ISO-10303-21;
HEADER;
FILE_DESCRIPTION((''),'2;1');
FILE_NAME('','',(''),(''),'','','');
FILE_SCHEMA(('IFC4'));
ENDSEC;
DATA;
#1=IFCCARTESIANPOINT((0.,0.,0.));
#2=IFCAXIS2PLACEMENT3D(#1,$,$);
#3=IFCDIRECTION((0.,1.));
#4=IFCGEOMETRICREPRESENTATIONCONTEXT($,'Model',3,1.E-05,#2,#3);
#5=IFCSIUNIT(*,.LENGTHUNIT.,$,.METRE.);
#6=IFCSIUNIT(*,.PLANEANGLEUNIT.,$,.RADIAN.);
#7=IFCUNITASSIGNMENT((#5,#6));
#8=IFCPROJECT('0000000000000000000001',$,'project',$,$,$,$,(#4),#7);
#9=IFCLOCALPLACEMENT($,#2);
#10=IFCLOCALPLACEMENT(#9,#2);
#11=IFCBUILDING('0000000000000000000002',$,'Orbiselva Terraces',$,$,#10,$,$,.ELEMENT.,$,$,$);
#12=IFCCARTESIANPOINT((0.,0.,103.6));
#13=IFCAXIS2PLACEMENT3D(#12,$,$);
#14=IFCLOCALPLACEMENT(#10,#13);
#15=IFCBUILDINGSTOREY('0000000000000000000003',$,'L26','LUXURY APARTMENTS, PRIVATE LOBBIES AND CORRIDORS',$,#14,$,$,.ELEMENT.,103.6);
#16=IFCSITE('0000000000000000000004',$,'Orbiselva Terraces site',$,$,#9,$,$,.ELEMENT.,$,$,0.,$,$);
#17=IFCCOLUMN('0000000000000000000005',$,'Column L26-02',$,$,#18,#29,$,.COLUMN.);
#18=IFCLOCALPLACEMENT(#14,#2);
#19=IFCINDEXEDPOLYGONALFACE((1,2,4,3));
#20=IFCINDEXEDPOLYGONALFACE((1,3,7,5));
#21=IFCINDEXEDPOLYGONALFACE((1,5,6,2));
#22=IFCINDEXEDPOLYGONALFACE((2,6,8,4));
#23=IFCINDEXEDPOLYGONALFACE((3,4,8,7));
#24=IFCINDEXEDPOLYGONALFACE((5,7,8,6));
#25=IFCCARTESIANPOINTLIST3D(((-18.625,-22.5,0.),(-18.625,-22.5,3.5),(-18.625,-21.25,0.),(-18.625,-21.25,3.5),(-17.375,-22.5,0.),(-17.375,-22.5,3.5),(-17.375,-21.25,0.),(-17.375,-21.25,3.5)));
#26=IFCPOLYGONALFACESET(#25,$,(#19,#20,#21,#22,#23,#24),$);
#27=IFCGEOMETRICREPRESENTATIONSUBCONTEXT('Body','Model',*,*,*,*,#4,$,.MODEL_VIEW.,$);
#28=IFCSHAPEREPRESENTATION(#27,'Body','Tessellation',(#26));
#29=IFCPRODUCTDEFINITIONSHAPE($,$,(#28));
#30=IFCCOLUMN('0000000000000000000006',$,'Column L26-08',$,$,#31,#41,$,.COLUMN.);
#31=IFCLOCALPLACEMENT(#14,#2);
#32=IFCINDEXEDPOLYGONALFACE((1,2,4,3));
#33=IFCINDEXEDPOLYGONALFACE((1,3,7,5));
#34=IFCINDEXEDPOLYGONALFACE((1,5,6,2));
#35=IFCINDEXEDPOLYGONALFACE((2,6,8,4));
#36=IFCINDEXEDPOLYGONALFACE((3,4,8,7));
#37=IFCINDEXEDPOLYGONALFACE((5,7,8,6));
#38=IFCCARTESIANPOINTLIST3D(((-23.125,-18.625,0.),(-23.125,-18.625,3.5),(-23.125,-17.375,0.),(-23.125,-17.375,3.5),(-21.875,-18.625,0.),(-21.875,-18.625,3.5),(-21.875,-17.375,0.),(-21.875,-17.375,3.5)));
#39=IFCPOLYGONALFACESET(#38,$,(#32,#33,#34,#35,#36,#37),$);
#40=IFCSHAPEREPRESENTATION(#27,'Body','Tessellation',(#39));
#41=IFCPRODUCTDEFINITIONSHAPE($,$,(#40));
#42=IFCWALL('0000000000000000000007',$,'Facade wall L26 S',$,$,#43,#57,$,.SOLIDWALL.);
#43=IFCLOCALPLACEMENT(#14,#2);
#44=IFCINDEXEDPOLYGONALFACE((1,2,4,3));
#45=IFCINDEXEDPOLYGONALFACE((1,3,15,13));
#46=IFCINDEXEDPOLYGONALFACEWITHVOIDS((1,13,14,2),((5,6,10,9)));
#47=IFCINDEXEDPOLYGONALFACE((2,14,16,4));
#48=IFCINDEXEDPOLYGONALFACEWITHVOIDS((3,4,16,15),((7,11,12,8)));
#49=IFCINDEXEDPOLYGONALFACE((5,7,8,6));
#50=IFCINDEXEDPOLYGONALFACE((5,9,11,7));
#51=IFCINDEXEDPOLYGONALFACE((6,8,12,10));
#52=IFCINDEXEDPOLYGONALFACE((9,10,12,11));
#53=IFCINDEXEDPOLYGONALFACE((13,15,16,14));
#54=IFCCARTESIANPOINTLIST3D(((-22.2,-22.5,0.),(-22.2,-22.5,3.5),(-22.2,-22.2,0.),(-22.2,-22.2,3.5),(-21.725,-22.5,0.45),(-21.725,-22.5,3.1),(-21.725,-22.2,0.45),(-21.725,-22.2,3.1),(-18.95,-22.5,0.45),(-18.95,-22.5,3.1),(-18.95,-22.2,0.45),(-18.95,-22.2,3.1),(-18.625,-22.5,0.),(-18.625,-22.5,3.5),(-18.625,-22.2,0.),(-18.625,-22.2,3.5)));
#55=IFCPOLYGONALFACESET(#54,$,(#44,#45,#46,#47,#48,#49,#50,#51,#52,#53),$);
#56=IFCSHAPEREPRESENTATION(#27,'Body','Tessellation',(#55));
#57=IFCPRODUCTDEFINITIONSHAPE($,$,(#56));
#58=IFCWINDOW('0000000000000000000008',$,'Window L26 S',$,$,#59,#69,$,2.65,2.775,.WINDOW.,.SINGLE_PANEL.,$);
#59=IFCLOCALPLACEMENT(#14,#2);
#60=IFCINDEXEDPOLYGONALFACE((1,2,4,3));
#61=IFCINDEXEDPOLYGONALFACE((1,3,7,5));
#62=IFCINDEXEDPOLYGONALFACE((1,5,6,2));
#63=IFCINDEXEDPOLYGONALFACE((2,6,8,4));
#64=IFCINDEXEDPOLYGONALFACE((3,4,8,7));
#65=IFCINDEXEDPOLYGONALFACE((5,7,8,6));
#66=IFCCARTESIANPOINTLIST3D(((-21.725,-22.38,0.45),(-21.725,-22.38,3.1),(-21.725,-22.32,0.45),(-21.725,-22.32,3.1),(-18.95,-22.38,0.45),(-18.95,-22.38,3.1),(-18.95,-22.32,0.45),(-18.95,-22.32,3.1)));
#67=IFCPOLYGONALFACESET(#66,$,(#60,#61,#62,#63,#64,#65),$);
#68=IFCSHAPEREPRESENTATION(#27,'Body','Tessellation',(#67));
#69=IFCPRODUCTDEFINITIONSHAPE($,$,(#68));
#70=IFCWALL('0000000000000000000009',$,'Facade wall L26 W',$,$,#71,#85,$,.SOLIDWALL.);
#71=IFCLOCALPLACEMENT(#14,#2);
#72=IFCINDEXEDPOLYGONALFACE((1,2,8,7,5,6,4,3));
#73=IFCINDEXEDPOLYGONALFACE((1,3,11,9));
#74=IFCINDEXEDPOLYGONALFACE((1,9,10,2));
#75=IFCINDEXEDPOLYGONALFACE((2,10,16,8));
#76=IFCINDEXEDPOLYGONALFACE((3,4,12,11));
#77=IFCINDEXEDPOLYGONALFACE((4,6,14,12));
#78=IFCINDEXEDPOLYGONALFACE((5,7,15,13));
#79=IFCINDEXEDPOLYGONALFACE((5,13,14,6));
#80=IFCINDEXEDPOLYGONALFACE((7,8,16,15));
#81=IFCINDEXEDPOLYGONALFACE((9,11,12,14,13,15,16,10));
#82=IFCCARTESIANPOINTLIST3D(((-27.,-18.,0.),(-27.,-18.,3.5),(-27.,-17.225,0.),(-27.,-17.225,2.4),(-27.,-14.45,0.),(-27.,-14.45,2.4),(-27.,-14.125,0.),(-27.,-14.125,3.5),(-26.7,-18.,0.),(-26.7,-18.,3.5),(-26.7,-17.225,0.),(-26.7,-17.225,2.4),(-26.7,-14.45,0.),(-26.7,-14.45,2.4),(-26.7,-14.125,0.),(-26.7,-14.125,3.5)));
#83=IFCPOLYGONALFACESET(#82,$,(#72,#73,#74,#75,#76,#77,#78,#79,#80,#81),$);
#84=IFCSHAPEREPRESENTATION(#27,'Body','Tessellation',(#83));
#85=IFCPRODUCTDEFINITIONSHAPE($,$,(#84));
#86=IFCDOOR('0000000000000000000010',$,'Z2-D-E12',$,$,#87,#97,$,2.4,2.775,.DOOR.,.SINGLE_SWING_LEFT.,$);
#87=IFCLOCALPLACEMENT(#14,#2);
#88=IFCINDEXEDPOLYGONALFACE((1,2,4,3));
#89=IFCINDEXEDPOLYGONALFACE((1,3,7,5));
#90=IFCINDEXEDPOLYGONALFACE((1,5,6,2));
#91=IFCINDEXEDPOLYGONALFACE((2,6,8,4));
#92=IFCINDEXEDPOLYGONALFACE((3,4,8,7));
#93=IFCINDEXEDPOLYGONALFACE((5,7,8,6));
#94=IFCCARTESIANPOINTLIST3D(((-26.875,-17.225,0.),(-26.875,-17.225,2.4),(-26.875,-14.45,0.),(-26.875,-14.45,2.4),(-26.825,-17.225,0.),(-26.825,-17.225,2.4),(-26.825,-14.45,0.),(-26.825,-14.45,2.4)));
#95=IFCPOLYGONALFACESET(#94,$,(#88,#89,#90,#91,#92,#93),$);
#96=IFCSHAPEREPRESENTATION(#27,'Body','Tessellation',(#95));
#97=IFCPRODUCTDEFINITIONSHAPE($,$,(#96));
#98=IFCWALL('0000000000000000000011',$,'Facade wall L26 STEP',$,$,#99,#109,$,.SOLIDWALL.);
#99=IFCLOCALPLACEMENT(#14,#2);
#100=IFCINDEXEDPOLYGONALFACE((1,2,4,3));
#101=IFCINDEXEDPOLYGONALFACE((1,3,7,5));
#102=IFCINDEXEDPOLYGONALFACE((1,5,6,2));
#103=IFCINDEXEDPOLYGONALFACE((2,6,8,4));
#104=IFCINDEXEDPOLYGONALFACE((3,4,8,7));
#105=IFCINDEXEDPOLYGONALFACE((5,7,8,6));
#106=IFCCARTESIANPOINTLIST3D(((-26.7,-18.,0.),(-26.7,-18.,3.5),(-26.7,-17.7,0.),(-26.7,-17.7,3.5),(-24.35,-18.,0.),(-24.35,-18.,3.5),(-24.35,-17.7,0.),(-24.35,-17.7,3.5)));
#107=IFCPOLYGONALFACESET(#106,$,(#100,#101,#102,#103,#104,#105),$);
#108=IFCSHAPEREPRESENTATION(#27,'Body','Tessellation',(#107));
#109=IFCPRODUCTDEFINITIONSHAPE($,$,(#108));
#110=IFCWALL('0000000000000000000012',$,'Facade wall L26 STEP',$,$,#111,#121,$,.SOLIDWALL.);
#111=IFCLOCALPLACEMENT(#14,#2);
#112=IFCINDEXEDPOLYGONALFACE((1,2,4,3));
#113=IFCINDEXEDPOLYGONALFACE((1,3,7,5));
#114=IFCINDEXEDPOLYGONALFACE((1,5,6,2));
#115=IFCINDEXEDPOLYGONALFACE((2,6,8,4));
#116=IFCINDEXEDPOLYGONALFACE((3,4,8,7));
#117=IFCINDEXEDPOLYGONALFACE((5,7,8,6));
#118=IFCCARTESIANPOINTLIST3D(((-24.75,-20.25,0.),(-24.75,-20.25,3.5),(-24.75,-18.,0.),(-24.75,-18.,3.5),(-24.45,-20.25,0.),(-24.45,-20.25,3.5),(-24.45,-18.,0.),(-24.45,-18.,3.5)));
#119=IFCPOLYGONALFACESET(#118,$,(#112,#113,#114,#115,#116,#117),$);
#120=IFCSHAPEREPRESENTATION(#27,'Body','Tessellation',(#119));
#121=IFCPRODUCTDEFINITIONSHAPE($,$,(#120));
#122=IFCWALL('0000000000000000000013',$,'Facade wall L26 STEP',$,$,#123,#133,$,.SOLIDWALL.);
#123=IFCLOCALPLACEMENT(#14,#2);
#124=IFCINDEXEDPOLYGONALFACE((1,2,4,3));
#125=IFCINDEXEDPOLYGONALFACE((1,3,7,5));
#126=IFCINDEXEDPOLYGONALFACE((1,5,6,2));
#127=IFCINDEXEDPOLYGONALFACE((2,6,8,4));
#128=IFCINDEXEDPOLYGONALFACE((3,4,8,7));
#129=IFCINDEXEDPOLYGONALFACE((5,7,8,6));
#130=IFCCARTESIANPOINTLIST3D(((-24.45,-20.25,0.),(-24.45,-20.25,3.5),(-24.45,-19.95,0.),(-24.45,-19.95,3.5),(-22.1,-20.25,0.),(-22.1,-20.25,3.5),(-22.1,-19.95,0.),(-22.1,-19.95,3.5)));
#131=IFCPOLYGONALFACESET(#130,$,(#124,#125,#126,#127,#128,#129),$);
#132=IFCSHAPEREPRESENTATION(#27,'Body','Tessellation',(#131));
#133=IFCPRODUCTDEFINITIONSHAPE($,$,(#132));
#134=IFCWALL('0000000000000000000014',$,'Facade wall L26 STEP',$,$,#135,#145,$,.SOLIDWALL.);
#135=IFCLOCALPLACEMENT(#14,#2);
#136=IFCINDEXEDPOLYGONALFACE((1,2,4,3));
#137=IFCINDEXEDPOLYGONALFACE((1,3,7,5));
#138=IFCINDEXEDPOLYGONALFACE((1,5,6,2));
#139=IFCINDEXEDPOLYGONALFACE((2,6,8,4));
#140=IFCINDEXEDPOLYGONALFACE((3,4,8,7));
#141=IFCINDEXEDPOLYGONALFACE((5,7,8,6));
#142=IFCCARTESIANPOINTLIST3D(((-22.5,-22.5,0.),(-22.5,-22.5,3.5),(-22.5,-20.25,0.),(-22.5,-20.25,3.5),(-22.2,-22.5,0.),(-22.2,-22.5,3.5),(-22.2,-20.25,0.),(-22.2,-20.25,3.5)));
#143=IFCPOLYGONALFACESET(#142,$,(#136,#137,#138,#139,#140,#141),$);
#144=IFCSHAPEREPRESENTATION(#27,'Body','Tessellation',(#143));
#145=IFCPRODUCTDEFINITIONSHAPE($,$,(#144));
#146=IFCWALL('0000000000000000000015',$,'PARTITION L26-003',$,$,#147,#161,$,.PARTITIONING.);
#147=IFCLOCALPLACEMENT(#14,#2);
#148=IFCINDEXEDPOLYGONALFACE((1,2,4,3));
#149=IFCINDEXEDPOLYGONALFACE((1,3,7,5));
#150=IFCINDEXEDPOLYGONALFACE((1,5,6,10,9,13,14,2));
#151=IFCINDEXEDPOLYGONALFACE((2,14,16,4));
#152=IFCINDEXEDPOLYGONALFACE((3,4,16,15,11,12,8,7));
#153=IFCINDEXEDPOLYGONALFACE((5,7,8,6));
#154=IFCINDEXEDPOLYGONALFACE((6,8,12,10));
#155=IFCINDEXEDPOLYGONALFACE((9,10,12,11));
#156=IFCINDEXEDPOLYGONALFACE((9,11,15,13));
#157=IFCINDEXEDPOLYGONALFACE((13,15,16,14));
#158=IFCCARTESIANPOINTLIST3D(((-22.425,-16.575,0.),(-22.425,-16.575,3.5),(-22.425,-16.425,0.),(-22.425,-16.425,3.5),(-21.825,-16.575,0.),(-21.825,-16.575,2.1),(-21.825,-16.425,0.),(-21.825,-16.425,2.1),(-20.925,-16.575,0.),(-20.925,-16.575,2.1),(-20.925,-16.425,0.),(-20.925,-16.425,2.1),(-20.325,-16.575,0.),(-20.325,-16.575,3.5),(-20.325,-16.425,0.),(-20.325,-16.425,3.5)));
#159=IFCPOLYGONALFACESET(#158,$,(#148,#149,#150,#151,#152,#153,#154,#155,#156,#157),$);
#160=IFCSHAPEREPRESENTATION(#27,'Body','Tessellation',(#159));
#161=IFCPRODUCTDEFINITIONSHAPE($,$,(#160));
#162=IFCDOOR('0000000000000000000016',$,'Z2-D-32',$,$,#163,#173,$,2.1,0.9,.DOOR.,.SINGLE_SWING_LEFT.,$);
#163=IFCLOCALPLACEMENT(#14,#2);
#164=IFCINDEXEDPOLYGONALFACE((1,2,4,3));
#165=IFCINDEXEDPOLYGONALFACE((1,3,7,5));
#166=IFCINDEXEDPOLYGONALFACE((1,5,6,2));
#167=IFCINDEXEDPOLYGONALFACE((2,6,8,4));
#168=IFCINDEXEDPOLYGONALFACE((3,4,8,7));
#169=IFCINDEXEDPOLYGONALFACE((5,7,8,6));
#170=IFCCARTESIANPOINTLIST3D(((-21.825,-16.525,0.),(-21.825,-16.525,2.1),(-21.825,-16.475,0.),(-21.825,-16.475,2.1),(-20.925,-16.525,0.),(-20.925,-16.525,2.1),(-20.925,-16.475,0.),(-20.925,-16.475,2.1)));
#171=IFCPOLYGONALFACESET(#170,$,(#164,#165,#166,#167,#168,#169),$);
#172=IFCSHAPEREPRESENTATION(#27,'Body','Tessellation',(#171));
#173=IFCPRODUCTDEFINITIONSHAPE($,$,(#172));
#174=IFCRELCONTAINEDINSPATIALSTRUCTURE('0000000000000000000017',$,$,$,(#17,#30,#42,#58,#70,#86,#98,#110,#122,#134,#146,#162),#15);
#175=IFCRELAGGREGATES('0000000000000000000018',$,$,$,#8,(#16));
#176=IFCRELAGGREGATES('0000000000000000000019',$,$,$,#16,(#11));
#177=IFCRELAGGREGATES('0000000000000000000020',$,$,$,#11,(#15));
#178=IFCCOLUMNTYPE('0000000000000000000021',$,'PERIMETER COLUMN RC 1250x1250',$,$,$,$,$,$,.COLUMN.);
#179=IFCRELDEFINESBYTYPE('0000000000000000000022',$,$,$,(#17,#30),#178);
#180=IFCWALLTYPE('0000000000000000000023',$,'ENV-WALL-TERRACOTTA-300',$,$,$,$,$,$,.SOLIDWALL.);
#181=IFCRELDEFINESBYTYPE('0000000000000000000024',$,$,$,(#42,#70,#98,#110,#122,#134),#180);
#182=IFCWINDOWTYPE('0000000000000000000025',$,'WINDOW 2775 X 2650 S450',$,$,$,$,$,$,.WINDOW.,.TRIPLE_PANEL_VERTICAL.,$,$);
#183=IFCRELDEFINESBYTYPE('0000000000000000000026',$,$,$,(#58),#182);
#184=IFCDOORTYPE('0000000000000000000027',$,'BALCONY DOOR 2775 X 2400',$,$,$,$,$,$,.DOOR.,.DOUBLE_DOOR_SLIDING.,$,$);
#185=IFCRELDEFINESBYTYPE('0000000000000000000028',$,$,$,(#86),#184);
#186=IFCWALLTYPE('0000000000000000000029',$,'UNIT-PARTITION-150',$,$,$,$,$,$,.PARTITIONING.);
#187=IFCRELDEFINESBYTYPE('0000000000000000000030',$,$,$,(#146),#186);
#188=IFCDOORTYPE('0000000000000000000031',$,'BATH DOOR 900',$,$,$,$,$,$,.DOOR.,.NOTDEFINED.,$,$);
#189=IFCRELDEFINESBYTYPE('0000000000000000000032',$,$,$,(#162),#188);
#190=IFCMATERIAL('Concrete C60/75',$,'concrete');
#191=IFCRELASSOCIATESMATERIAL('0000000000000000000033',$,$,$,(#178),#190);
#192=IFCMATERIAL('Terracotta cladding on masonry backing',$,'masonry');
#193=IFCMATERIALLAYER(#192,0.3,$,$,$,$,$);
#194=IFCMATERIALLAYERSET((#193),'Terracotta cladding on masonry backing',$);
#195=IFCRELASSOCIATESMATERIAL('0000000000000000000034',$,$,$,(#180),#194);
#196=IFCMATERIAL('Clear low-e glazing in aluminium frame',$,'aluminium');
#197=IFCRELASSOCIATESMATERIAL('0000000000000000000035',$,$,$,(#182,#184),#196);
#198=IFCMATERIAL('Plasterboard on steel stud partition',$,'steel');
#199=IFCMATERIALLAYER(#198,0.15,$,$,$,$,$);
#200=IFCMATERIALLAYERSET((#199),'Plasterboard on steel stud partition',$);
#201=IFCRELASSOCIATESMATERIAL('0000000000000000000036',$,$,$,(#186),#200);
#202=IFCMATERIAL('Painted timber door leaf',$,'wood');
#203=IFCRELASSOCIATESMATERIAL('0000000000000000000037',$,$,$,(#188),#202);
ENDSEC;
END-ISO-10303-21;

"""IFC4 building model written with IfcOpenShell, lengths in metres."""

from ifc_helpers import new_model, si_unit, direction, frame, frame_2d, origin, origin_2d, place, context, subcontext, project, spatial, rectangle, extrude, material, layer, layer_set, material_profile, profile_set, type_object, element, fill, save


model = new_model("IFC4")

# Units and contexts
model_context = context("Model", 3, precision=1e-05, world=origin(), true_north=direction((0.0, 1.0)))
body_context = subcontext(model_context, "Body", "Model", "MODEL_VIEW")
ifc_project = project(units=[si_unit("LENGTHUNIT", "METRE"), si_unit("PLANEANGLEUNIT", "RADIAN")], contexts=[model_context])

# Site, building, storey
site_placement = place(None, origin())
site = spatial("IfcSite", under=ifc_project, at=site_placement, Name="Orbiselva Terraces site", CompositionType="ELEMENT", RefElevation=0.0)
building_placement = place(site_placement, origin())
building = spatial("IfcBuilding", under=site, at=building_placement, Name="Orbiselva Terraces", CompositionType="ELEMENT")
storey_placement = place(building_placement, frame((0.0, 0.0, 103.6)))
storey = spatial("IfcBuildingStorey", under=building, at=storey_placement, Name="L26", Description="LUXURY APARTMENTS, PRIVATE LOBBIES AND CORRIDORS", CompositionType="ELEMENT", Elevation=103.6)

# Columns
ifc_material_1 = material(Name="Concrete C60/75", Category="concrete")
ifc_material_profile = material_profile(ifc_material_1, rectangle(XDim=1.25, YDim=1.25, at=origin_2d()), Name="RC 1250x1250")
ifc_profile_set = profile_set([ifc_material_profile], Name="Concrete C60/75")
column_type = type_object("IfcColumnType", Name="PERIMETER COLUMN RC 1250x1250", PredefinedType="COLUMN", material=ifc_profile_set)
for number, where, z_axis, x_axis, name in (
    (1, (-18.0, -21.875, 0.0), (0.0, 0.0, 1.0), (1.0, 0.0, 0.0), "Column L26-02"),
    (2, (-22.5, -18.0, 0.0), (0.0, 0.0, 1.0), (1.0, 0.0, 0.0), "Column L26-08"),
):
    element("IfcColumn", number, at=place(storey_placement, frame(where, z_axis=z_axis, x_axis=x_axis)), inside=storey, type_object=column_type, Name=name, PredefinedType="COLUMN", context=body_context, shape_type="SweptSolid", body=[
        extrude(rectangle(XDim=1.25, YDim=1.25, at=origin_2d()), origin(), (0.0, 0.0, 1.0), 3.5),
    ])

# Wall, opening, window
ifc_material_2 = material(Name="Terracotta cladding on masonry backing", Category="masonry")
ifc_layer_1 = layer(ifc_material_2, 0.3)
ifc_layer_set_1 = layer_set([ifc_layer_1], Name="Terracotta cladding on masonry backing")
wall_type_1 = type_object("IfcWallType", Name="ENV-WALL-TERRACOTTA-300", PredefinedType="SOLIDWALL", material=ifc_layer_set_1)
wall_1_placement = place(storey_placement, frame((-18.625, -22.35, 0.0), z_axis=(0.0, 0.0, 1.0), x_axis=(-1.0, 0.0, 0.0)))
wall_1 = element("IfcWall", 3, at=wall_1_placement, inside=storey, type_object=wall_type_1, Name="Facade wall L26 S", PredefinedType="SOLIDWALL", context=body_context, shape_type="SweptSolid", body=[
    extrude(rectangle(XDim=3.575, YDim=0.3, at=frame_2d((1.7875, 0.0))), origin(), (0.0, 0.0, 1.0), 3.5),
])
opening_1_placement = place(wall_1_placement, frame((0.325, 0.0, 0.45)))
opening_1 = element("IfcOpeningElement", 4, at=opening_1_placement, cuts=wall_1, PredefinedType="OPENING", context=body_context, shape_type="SweptSolid", body=[
    extrude(rectangle(XDim=2.775, YDim=2.65, at=frame_2d((1.3875, 1.325))), frame((0.0, 0.16, 0.0), z_axis=(0.0, -1.0, 0.0), x_axis=(1.0, 0.0, 0.0)), (0.0, 0.0, 1.0), 0.32),
])
ifc_material_3 = material(Name="Clear low-e glazing in aluminium frame", Category="aluminium")
window_type = type_object("IfcWindowType", Name="WINDOW 2775 X 2650 S450", PartitioningType="TRIPLE_PANEL_VERTICAL", PredefinedType="WINDOW", material=ifc_material_3)
window_placement = place(opening_1_placement, origin())
window = element("IfcWindow", 5, at=window_placement, inside=storey, type_object=window_type, Name="Window L26 S", OverallHeight=2.65, OverallWidth=2.775, PartitioningType="SINGLE_PANEL", PredefinedType="WINDOW", context=body_context, shape_type="SweptSolid", body=[
    extrude(rectangle(XDim=2.775, YDim=2.65, at=frame_2d((1.3875, 1.325))), frame((0.0, 0.03, 0.0), z_axis=(0.0, -1.0, 0.0), x_axis=(1.0, 0.0, 0.0)), (0.0, 0.0, 1.0), 0.06),
])
fill(opening_1, window)

# Wall, opening, door
wall_2_placement = place(storey_placement, frame((-26.85, -18.0, 0.0), z_axis=(0.0, 0.0, 1.0), x_axis=(0.0, 1.0, 0.0)))
wall_2 = element("IfcWall", 6, at=wall_2_placement, inside=storey, type_object=wall_type_1, Name="Facade wall L26 W", PredefinedType="SOLIDWALL", context=body_context, shape_type="SweptSolid", body=[
    extrude(rectangle(XDim=3.875, YDim=0.3, at=frame_2d((1.9375, 0.0))), origin(), (0.0, 0.0, 1.0), 3.5),
])
opening_2_placement = place(wall_2_placement, frame((0.775, 0.0, 0.0)))
opening_2 = element("IfcOpeningElement", 7, at=opening_2_placement, cuts=wall_2, PredefinedType="OPENING", context=body_context, shape_type="SweptSolid", body=[
    extrude(rectangle(XDim=2.775, YDim=2.4, at=frame_2d((1.3875, 1.2))), frame((0.0, 0.16, 0.0), z_axis=(0.0, -1.0, 0.0), x_axis=(1.0, 0.0, 0.0)), (0.0, 0.0, 1.0), 0.32),
])
door_type_1 = type_object("IfcDoorType", Name="BALCONY DOOR 2775 X 2400", OperationType="DOUBLE_DOOR_SLIDING", PredefinedType="DOOR", material=ifc_material_3)
door_1_placement = place(opening_2_placement, origin())
door_1 = element("IfcDoor", 8, at=door_1_placement, inside=storey, type_object=door_type_1, Name="Z2-D-E12", OperationType="SINGLE_SWING_LEFT", OverallHeight=2.4, OverallWidth=2.775, PredefinedType="DOOR", context=body_context, shape_type="SweptSolid", body=[
    extrude(rectangle(XDim=2.775, YDim=2.4, at=frame_2d((1.3875, 1.2))), frame((0.0, 0.025, 0.0), z_axis=(0.0, -1.0, 0.0), x_axis=(1.0, 0.0, 0.0)), (0.0, 0.0, 1.0), 0.05),
])
fill(opening_2, door_1)

# Walls
wall_3_placement = place(storey_placement, frame((-24.35, -17.85, 0.0), z_axis=(0.0, 0.0, 1.0), x_axis=(-1.0, 0.0, 0.0)))
element("IfcWall", 9, at=wall_3_placement, inside=storey, type_object=wall_type_1, Name="Facade wall L26 STEP", PredefinedType="SOLIDWALL", context=body_context, shape_type="SweptSolid", body=[
    extrude(rectangle(XDim=2.35, YDim=0.3, at=frame_2d((1.175, 0.0))), origin(), (0.0, 0.0, 1.0), 3.5),
])
wall_4_placement = place(storey_placement, frame((-24.6, -20.25, 0.0), z_axis=(0.0, 0.0, 1.0), x_axis=(0.0, 1.0, 0.0)))
element("IfcWall", 10, at=wall_4_placement, inside=storey, type_object=wall_type_1, Name="Facade wall L26 STEP", PredefinedType="SOLIDWALL", context=body_context, shape_type="SweptSolid", body=[
    extrude(rectangle(XDim=2.25, YDim=0.3, at=frame_2d((1.125, 0.0))), origin(), (0.0, 0.0, 1.0), 3.5),
])
wall_5_placement = place(storey_placement, frame((-22.1, -20.1, 0.0), z_axis=(0.0, 0.0, 1.0), x_axis=(-1.0, 0.0, 0.0)))
element("IfcWall", 11, at=wall_5_placement, inside=storey, type_object=wall_type_1, Name="Facade wall L26 STEP", PredefinedType="SOLIDWALL", context=body_context, shape_type="SweptSolid", body=[
    extrude(rectangle(XDim=2.35, YDim=0.3, at=frame_2d((1.175, 0.0))), origin(), (0.0, 0.0, 1.0), 3.5),
])
wall_6_placement = place(storey_placement, frame((-22.35, -22.5, 0.0), z_axis=(0.0, 0.0, 1.0), x_axis=(0.0, 1.0, 0.0)))
element("IfcWall", 12, at=wall_6_placement, inside=storey, type_object=wall_type_1, Name="Facade wall L26 STEP", PredefinedType="SOLIDWALL", context=body_context, shape_type="SweptSolid", body=[
    extrude(rectangle(XDim=2.25, YDim=0.3, at=frame_2d((1.125, 0.0))), origin(), (0.0, 0.0, 1.0), 3.5),
])

# Wall, opening, door
ifc_material_4 = material(Name="Plasterboard on steel stud partition", Category="steel")
ifc_layer_2 = layer(ifc_material_4, 0.15)
ifc_layer_set_2 = layer_set([ifc_layer_2], Name="Plasterboard on steel stud partition")
wall_type_2 = type_object("IfcWallType", Name="UNIT-PARTITION-150", PredefinedType="PARTITIONING", material=ifc_layer_set_2)
wall_7_placement = place(storey_placement, frame((-22.425, -16.5, 0.0), z_axis=(0.0, 0.0, 1.0), x_axis=(1.0, 0.0, 0.0)))
wall_7 = element("IfcWall", 13, at=wall_7_placement, inside=storey, type_object=wall_type_2, Name="PARTITION L26-003", PredefinedType="PARTITIONING", context=body_context, shape_type="SweptSolid", body=[
    extrude(rectangle(XDim=2.1, YDim=0.15, at=frame_2d((1.05, 0.0))), origin(), (0.0, 0.0, 1.0), 3.5),
])
opening_3_placement = place(wall_7_placement, frame((0.6, 0.0, 0.0)))
opening_3 = element("IfcOpeningElement", 14, at=opening_3_placement, cuts=wall_7, PredefinedType="OPENING", context=body_context, shape_type="SweptSolid", body=[
    extrude(rectangle(XDim=0.9, YDim=2.1, at=frame_2d((0.45, 1.05))), frame((0.0, 0.085, 0.0), z_axis=(0.0, -1.0, 0.0), x_axis=(1.0, 0.0, 0.0)), (0.0, 0.0, 1.0), 0.17),
])
ifc_material_5 = material(Name="Painted timber door leaf", Category="wood")
door_type_2 = type_object("IfcDoorType", Name="BATH DOOR 900", OperationType="NOTDEFINED", PredefinedType="DOOR", material=ifc_material_5)
door_2_placement = place(opening_3_placement, origin())
door_2 = element("IfcDoor", 15, at=door_2_placement, inside=storey, type_object=door_type_2, Name="Z2-D-32", OperationType="SINGLE_SWING_LEFT", OverallHeight=2.1, OverallWidth=0.9, PredefinedType="DOOR", context=body_context, shape_type="SweptSolid", body=[
    extrude(rectangle(XDim=0.9, YDim=2.1, at=frame_2d((0.45, 1.05))), frame((0.0, 0.025, 0.0), z_axis=(0.0, -1.0, 0.0), x_axis=(1.0, 0.0, 0.0)), (0.0, 0.0, 1.0), 0.05),
])
fill(opening_3, door_2)

save(model, "model.ifc")
